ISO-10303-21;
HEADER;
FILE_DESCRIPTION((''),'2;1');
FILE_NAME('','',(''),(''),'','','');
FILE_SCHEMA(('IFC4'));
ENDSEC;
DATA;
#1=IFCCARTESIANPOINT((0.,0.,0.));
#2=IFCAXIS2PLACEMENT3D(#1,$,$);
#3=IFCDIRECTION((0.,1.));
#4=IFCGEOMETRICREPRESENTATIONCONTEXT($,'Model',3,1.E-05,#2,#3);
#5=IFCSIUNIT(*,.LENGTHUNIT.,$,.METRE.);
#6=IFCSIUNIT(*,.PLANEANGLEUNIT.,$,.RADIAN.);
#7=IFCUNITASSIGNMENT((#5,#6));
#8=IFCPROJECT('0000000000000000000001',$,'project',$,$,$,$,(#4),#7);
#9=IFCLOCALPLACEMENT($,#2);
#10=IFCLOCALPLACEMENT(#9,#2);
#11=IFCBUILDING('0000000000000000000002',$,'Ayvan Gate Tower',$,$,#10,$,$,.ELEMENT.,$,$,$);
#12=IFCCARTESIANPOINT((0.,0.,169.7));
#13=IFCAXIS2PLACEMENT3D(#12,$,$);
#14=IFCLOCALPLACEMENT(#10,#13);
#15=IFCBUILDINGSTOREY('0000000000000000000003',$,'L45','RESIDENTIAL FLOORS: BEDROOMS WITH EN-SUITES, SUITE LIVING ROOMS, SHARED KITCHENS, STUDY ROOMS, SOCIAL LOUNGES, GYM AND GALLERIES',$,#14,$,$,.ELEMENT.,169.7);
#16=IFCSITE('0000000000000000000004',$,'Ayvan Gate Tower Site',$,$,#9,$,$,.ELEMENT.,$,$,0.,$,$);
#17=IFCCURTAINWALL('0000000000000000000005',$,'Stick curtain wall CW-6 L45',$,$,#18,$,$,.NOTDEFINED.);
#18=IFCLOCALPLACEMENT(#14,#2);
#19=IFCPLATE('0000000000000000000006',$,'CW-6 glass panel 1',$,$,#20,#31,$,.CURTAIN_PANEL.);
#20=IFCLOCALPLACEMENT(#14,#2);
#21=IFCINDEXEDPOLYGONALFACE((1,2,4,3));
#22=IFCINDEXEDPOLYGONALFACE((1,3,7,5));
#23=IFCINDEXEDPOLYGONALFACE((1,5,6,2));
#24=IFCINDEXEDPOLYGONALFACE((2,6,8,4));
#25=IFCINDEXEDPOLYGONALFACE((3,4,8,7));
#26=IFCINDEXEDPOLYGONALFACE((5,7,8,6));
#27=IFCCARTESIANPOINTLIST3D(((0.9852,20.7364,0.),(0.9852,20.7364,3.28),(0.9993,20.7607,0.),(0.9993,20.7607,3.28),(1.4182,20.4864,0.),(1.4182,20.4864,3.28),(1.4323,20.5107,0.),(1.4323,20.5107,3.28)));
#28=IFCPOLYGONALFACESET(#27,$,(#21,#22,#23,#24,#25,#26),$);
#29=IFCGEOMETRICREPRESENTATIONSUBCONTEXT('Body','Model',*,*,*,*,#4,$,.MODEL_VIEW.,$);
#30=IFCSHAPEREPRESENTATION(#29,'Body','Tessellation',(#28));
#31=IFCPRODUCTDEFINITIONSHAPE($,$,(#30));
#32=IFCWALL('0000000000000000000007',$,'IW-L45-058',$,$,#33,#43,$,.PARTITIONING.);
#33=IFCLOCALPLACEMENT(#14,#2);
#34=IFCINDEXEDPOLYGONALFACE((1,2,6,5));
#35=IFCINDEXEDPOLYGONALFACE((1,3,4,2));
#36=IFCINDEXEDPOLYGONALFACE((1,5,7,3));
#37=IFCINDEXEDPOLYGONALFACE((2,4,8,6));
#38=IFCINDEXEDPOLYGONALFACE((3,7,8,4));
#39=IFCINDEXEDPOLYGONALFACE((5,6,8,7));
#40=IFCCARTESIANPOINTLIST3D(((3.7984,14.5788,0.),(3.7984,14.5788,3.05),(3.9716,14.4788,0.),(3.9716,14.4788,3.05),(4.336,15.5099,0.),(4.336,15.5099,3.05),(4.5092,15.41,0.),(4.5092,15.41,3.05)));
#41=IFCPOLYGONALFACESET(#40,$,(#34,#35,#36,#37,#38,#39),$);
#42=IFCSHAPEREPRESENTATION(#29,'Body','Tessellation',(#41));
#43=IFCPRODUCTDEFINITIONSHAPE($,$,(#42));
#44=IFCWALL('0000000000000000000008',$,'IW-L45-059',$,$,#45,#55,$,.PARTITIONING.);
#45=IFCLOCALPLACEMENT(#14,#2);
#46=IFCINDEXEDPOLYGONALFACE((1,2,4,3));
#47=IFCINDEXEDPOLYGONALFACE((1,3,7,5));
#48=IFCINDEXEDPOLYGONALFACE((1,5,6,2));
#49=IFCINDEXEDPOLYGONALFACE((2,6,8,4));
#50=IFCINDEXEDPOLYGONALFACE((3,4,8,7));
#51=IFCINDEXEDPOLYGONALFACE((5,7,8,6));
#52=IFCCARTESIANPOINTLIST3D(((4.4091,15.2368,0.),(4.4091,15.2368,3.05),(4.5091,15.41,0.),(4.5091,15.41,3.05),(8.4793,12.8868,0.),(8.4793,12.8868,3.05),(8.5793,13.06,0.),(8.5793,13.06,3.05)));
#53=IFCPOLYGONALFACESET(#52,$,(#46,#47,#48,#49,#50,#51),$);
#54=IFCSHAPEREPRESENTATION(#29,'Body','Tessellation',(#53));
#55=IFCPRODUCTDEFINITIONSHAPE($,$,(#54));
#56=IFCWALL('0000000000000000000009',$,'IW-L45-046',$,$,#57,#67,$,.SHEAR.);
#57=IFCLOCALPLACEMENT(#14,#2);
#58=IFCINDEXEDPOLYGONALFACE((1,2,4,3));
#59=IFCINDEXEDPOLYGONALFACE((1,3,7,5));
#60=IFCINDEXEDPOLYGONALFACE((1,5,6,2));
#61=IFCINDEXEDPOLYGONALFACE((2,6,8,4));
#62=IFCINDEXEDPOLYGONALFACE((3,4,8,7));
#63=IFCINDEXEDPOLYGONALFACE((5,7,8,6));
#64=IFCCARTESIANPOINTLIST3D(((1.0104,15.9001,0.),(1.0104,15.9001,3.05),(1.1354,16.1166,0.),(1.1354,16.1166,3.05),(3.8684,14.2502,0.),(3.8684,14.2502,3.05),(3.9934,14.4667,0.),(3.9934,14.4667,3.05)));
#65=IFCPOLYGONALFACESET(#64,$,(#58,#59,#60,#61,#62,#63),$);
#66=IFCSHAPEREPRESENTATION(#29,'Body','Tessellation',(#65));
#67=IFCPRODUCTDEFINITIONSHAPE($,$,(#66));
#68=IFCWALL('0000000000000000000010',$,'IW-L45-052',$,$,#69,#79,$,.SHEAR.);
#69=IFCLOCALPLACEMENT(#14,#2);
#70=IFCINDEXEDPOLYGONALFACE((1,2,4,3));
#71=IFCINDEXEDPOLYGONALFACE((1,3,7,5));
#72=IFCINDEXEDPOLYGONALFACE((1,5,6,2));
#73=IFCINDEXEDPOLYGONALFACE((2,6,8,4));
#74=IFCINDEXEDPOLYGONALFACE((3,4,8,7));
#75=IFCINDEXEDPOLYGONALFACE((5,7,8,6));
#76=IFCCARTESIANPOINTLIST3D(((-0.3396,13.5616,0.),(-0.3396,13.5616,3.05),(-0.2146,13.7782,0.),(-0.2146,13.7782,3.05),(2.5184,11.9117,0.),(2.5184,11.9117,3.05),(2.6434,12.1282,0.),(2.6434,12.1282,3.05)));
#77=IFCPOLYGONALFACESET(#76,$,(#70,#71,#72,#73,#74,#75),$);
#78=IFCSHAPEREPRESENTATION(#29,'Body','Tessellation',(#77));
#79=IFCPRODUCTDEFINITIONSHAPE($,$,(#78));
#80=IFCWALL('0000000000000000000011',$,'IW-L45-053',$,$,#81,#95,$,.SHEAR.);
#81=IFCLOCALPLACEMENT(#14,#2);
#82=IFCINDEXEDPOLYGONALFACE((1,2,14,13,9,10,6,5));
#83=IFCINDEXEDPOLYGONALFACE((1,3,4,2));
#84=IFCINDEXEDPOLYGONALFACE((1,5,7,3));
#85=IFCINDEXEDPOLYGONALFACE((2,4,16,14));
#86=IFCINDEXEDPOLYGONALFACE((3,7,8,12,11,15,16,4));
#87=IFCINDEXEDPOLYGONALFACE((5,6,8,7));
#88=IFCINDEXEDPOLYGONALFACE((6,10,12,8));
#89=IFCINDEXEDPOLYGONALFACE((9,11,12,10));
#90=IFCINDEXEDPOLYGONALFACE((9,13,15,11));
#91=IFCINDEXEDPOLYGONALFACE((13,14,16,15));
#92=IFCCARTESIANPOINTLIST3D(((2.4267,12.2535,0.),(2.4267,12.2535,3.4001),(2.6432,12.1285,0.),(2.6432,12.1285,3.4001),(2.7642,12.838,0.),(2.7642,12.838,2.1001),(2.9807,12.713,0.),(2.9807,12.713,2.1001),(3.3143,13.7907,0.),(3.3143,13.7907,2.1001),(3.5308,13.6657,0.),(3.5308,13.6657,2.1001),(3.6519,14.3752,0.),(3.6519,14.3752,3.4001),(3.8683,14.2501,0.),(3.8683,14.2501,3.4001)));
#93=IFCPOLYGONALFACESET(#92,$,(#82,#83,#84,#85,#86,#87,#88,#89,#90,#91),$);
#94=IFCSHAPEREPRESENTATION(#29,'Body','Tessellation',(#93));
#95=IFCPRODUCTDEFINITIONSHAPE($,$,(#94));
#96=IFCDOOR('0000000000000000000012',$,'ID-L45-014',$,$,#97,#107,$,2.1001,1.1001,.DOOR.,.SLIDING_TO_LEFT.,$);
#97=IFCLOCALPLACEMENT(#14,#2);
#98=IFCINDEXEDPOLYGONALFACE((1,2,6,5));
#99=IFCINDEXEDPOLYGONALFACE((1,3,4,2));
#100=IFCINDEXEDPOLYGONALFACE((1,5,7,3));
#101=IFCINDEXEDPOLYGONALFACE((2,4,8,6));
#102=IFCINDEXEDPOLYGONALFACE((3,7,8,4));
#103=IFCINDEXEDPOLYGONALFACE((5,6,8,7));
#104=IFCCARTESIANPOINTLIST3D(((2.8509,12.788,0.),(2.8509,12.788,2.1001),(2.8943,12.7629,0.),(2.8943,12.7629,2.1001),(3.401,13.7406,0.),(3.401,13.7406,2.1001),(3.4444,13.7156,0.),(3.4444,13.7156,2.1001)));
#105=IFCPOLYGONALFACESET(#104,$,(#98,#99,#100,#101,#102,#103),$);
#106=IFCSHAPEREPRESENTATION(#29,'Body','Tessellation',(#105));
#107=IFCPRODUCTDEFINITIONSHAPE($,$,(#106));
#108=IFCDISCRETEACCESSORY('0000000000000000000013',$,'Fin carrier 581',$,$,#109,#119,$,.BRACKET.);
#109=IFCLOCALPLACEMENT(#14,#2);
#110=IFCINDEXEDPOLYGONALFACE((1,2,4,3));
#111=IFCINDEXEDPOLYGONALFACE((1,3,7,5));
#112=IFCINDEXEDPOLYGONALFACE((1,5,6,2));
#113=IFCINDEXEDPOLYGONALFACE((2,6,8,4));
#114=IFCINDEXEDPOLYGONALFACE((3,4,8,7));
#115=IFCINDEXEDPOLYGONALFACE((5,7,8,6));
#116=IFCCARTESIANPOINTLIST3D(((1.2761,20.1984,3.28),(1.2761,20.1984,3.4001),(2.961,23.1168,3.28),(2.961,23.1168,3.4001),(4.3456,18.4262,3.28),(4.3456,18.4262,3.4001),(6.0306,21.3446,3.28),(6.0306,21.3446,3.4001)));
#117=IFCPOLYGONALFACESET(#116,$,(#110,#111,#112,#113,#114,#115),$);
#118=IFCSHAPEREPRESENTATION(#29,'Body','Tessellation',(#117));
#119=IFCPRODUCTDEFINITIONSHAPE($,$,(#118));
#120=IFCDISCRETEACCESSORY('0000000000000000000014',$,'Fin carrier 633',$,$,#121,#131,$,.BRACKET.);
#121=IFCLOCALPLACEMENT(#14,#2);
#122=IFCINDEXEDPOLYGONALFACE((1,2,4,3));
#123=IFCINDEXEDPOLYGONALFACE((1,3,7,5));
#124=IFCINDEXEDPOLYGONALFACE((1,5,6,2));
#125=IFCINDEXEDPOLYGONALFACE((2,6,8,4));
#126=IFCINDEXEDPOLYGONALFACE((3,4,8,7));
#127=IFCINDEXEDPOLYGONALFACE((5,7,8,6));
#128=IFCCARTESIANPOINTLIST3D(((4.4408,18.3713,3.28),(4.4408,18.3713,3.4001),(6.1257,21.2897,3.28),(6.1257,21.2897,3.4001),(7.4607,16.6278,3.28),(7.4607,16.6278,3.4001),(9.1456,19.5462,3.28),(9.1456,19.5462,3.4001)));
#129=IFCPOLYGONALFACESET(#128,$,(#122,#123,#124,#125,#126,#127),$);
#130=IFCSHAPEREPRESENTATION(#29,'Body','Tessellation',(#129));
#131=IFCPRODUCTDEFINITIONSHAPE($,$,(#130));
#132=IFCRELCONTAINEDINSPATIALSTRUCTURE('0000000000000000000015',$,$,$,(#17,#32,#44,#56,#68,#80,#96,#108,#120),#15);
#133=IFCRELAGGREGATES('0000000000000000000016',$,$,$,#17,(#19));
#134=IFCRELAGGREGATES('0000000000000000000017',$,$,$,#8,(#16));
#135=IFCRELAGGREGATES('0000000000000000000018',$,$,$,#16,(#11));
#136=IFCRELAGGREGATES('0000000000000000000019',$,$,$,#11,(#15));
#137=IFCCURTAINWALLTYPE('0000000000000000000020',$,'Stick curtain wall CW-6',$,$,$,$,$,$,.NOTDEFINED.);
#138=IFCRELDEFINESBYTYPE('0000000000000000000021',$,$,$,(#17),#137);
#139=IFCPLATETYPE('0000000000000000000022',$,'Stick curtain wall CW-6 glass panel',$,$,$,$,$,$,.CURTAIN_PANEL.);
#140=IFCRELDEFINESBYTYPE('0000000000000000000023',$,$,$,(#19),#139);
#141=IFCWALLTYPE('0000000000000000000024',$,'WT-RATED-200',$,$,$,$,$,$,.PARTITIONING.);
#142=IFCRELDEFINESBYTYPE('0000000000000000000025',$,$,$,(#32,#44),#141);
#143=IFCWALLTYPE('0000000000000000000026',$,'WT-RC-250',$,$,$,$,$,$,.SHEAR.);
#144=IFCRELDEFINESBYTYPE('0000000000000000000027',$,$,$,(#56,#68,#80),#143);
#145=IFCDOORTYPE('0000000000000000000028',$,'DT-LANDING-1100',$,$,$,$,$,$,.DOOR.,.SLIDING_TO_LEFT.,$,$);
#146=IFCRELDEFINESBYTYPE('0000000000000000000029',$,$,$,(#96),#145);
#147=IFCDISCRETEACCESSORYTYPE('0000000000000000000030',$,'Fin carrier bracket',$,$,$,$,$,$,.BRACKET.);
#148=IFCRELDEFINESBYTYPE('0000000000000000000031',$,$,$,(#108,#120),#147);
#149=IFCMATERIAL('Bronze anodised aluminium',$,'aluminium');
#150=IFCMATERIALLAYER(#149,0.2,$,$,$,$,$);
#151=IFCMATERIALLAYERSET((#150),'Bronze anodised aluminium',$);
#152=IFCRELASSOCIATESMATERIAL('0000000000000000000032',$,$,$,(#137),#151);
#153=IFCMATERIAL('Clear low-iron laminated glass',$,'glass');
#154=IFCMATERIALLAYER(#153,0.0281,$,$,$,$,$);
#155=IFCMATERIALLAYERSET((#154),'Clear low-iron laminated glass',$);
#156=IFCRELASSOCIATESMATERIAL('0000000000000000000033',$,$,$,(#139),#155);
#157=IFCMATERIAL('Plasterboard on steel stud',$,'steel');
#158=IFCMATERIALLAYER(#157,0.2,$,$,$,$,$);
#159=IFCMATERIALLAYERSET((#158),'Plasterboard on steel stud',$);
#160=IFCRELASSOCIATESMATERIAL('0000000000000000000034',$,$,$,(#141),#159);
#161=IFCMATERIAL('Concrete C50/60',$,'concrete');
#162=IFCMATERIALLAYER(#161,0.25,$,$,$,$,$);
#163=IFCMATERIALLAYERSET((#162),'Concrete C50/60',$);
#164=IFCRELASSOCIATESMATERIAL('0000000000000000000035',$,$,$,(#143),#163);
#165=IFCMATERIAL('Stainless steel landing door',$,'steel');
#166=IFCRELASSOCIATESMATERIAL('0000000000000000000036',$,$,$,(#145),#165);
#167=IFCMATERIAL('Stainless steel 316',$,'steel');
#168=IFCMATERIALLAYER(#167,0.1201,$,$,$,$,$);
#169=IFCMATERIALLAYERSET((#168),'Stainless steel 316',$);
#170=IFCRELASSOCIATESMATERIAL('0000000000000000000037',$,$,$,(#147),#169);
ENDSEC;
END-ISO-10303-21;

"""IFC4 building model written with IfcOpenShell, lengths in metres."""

from ifc_helpers import new_model, si_unit, direction, frame, frame_2d, origin, origin_2d, place, context, subcontext, project, spatial, rectangle, extrude, material, layer, layer_set, type_object, element, fill, aggregate, save


model = new_model("IFC4")

# Units and contexts
model_context = context("Model", 3, precision=1e-05, world=origin(), true_north=direction((0.0, 1.0)))
body_context = subcontext(model_context, "Body", "Model", "MODEL_VIEW")
ifc_project = project(units=[si_unit("LENGTHUNIT", "METRE"), si_unit("PLANEANGLEUNIT", "RADIAN")], contexts=[model_context])

# Site, building, storey
site_placement = place(None, origin())
site = spatial("IfcSite", under=ifc_project, at=site_placement, Name="Ayvan Gate Tower Site", CompositionType="ELEMENT", RefElevation=0.0)
building_placement = place(site_placement, origin())
building = spatial("IfcBuilding", under=site, at=building_placement, Name="Ayvan Gate Tower", CompositionType="ELEMENT")
storey_placement = place(building_placement, frame((0.0, 0.0, 169.7)))
storey = spatial("IfcBuildingStorey", under=building, at=storey_placement, Name="L45", Description="RESIDENTIAL FLOORS: BEDROOMS WITH EN-SUITES, SUITE LIVING ROOMS, SHARED KITCHENS, STUDY ROOMS, SOCIAL LOUNGES, GYM AND GALLERIES", CompositionType="ELEMENT", Elevation=169.7)

# Curtain wall
ifc_material_1 = material(Name="Bronze anodised aluminium", Category="aluminium")
ifc_layer_1 = layer(ifc_material_1, 0.2)
ifc_layer_set_1 = layer_set([ifc_layer_1], Name="Bronze anodised aluminium")
curtain_wall_type_1 = type_object("IfcCurtainWallType", Name="Stick curtain wall CW-6", PredefinedType="NOTDEFINED", material=ifc_layer_set_1)
curtain_wall_1_placement = place(storey_placement, origin())
curtain_wall_1 = element("IfcCurtainWall", 1, at=curtain_wall_1_placement, inside=storey, type_object=curtain_wall_type_1, Name="Stick curtain wall CW-6 L45", PredefinedType="NOTDEFINED")

# Plate
ifc_material_2 = material(Name="Clear low-iron laminated glass", Category="glass")
ifc_layer_2 = layer(ifc_material_2, 0.0281)
ifc_layer_set_2 = layer_set([ifc_layer_2], Name="Clear low-iron laminated glass")
plate_type_1 = type_object("IfcPlateType", Name="Stick curtain wall CW-6 glass panel", PredefinedType="CURTAIN_PANEL", material=ifc_layer_set_2)
plate_1_placement = place(storey_placement, frame((1.2087, 20.6235, 0.0), z_axis=(0.0, 0.0, 1.0), x_axis=(-0.866025, 0.5, 0.0)))
plate_1 = element("IfcPlate", 2, at=plate_1_placement, type_object=plate_type_1, Name="CW-6 glass panel 1", PredefinedType="CURTAIN_PANEL", context=body_context, shape_type="SweptSolid", body=[
    extrude(rectangle(XDim=0.5, YDim=0.0281, at=origin_2d()), origin(), (0.0, 0.0, 1.0), 3.28),
])
aggregate(curtain_wall_1, [plate_1])

# Walls
ifc_material_3 = material(Name="Plasterboard on steel stud", Category="steel")
ifc_layer_3 = layer(ifc_material_3, 0.2)
ifc_layer_set_3 = layer_set([ifc_layer_3], Name="Plasterboard on steel stud")
wall_type_1 = type_object("IfcWallType", Name="WT-RATED-200", PredefinedType="PARTITIONING", material=ifc_layer_set_3)
wall_1_placement = place(storey_placement, frame((3.885, 14.5288, 0.0), z_axis=(0.0, 0.0, 1.0), x_axis=(0.499998, 0.866027, 0.0)))
element("IfcWall", 3, at=wall_1_placement, inside=storey, type_object=wall_type_1, Name="IW-L45-058", PredefinedType="PARTITIONING", context=body_context, shape_type="SweptSolid", body=[
    extrude(rectangle(XDim=1.0752, YDim=0.2, at=frame_2d((0.5376, 0.0))), origin(), (0.0, 0.0, 1.0), 3.05),
])
wall_2_placement = place(storey_placement, frame((4.459, 15.3235, 0.0), z_axis=(0.0, 0.0, 1.0), x_axis=(0.866016, -0.500016, 0.0)))
element("IfcWall", 4, at=wall_2_placement, inside=storey, type_object=wall_type_1, Name="IW-L45-059", PredefinedType="PARTITIONING", context=body_context, shape_type="SweptSolid", body=[
    extrude(rectangle(XDim=4.7, YDim=0.2, at=frame_2d((2.3501, 0.0))), origin(), (0.0, 0.0, 1.0), 3.05),
])
ifc_material_4 = material(Name="Concrete C50/60", Category="concrete")
ifc_layer_4 = layer(ifc_material_4, 0.25)
ifc_layer_set_4 = layer_set([ifc_layer_4], Name="Concrete C50/60")
wall_type_2 = type_object("IfcWallType", Name="WT-RC-250", PredefinedType="SHEAR", material=ifc_layer_set_4)
for number, where, z_axis, x_axis, name in (
    (5, (1.073, 16.0083, 0.0), (0.0, 0.0, 1.0), (0.86604, -0.499974, 0.0), "IW-L45-046"),
    (6, (2.5808, 12.02, 0.0), (0.0, 0.0, 1.0), (-0.86604, 0.499974, 0.0), "IW-L45-052"),
):
    element("IfcWall", number, at=place(storey_placement, frame(where, z_axis=z_axis, x_axis=x_axis)), inside=storey, type_object=wall_type_2, Name=name, PredefinedType="SHEAR", context=body_context, shape_type="SweptSolid", body=[
        extrude(rectangle(XDim=3.3, YDim=0.25, at=frame_2d((1.6499, 0.0))), origin(), (0.0, 0.0, 1.0), 3.05),
    ])

# Wall, opening, door
wall_3_placement = place(storey_placement, frame((2.5349, 12.1909, 0.0), z_axis=(0.0, 0.0, 1.0), x_axis=(0.500062, 0.86599, 0.0)))
wall_3 = element("IfcWall", 7, at=wall_3_placement, inside=storey, type_object=wall_type_2, Name="IW-L45-053", PredefinedType="SHEAR", context=body_context, shape_type="SweptSolid", body=[
    extrude(rectangle(XDim=2.45, YDim=0.25, at=frame_2d((1.2251, 0.0))), origin(), (0.0, 0.0, 1.0), 3.4001),
])
opening_placement = place(wall_3_placement, frame((0.675, 0.0, 0.0)))
opening = element("IfcOpeningElement", 8, at=opening_placement, cuts=wall_3, PredefinedType="OPENING", context=body_context, shape_type="SweptSolid", body=[
    extrude(rectangle(XDim=1.1001, YDim=2.1001, at=frame_2d((0.55, 1.05))), frame((0.0, 0.135, 0.0), z_axis=(0.0, -1.0, 0.0), x_axis=(1.0, 0.0, 0.0)), (0.0, 0.0, 1.0), 0.27),
])
ifc_material_5 = material(Name="Stainless steel landing door", Category="steel")
door_type = type_object("IfcDoorType", Name="DT-LANDING-1100", OperationType="SLIDING_TO_LEFT", PredefinedType="DOOR", material=ifc_material_5)
door_placement = place(opening_placement, origin())
door = element("IfcDoor", 9, at=door_placement, inside=storey, type_object=door_type, Name="ID-L45-014", OperationType="SLIDING_TO_LEFT", OverallHeight=2.1001, OverallWidth=1.1001, PredefinedType="DOOR", context=body_context, shape_type="SweptSolid", body=[
    extrude(rectangle(XDim=1.1001, YDim=2.1001, at=frame_2d((0.55, 1.05))), frame((0.0, 0.0249, 0.0), z_axis=(0.0, -1.0, 0.0), x_axis=(1.0, 0.0, 0.0)), (0.0, 0.0, 1.0), 0.05),
])
fill(opening, door)

# Discrete accessories
ifc_material_6 = material(Name="Stainless steel 316", Category="steel")
ifc_layer_5 = layer(ifc_material_6, 0.1201)
ifc_layer_set_5 = layer_set([ifc_layer_5], Name="Stainless steel 316")
discrete_accessory_type = type_object("IfcDiscreteAccessoryType", Name="Fin carrier bracket", PredefinedType="BRACKET", material=ifc_layer_set_5)
discrete_accessory_1_placement = place(storey_placement, frame((3.6533, 20.7715, 3.28), z_axis=(0.0, 0.0, 1.0), x_axis=(-0.866025, 0.5, 0.0)))
element("IfcDiscreteAccessory", 10, at=discrete_accessory_1_placement, inside=storey, type_object=discrete_accessory_type, Name="Fin carrier 581", PredefinedType="BRACKET", context=body_context, shape_type="SweptSolid", body=[
    extrude(rectangle(XDim=3.5444, YDim=3.3699, at=origin_2d()), origin(), (0.0, 0.0, 1.0), 0.1201),
])
discrete_accessory_2_placement = place(storey_placement, frame((6.7932, 18.9587, 3.28), z_axis=(0.0, 0.0, 1.0), x_axis=(-0.866025, 0.5, 0.0)))
element("IfcDiscreteAccessory", 11, at=discrete_accessory_2_placement, inside=storey, type_object=discrete_accessory_type, Name="Fin carrier 633", PredefinedType="BRACKET", context=body_context, shape_type="SweptSolid", body=[
    extrude(rectangle(XDim=3.4871, YDim=3.3699, at=origin_2d()), origin(), (0.0, 0.0, 1.0), 0.1201),
])

save(model, "model.ifc")
